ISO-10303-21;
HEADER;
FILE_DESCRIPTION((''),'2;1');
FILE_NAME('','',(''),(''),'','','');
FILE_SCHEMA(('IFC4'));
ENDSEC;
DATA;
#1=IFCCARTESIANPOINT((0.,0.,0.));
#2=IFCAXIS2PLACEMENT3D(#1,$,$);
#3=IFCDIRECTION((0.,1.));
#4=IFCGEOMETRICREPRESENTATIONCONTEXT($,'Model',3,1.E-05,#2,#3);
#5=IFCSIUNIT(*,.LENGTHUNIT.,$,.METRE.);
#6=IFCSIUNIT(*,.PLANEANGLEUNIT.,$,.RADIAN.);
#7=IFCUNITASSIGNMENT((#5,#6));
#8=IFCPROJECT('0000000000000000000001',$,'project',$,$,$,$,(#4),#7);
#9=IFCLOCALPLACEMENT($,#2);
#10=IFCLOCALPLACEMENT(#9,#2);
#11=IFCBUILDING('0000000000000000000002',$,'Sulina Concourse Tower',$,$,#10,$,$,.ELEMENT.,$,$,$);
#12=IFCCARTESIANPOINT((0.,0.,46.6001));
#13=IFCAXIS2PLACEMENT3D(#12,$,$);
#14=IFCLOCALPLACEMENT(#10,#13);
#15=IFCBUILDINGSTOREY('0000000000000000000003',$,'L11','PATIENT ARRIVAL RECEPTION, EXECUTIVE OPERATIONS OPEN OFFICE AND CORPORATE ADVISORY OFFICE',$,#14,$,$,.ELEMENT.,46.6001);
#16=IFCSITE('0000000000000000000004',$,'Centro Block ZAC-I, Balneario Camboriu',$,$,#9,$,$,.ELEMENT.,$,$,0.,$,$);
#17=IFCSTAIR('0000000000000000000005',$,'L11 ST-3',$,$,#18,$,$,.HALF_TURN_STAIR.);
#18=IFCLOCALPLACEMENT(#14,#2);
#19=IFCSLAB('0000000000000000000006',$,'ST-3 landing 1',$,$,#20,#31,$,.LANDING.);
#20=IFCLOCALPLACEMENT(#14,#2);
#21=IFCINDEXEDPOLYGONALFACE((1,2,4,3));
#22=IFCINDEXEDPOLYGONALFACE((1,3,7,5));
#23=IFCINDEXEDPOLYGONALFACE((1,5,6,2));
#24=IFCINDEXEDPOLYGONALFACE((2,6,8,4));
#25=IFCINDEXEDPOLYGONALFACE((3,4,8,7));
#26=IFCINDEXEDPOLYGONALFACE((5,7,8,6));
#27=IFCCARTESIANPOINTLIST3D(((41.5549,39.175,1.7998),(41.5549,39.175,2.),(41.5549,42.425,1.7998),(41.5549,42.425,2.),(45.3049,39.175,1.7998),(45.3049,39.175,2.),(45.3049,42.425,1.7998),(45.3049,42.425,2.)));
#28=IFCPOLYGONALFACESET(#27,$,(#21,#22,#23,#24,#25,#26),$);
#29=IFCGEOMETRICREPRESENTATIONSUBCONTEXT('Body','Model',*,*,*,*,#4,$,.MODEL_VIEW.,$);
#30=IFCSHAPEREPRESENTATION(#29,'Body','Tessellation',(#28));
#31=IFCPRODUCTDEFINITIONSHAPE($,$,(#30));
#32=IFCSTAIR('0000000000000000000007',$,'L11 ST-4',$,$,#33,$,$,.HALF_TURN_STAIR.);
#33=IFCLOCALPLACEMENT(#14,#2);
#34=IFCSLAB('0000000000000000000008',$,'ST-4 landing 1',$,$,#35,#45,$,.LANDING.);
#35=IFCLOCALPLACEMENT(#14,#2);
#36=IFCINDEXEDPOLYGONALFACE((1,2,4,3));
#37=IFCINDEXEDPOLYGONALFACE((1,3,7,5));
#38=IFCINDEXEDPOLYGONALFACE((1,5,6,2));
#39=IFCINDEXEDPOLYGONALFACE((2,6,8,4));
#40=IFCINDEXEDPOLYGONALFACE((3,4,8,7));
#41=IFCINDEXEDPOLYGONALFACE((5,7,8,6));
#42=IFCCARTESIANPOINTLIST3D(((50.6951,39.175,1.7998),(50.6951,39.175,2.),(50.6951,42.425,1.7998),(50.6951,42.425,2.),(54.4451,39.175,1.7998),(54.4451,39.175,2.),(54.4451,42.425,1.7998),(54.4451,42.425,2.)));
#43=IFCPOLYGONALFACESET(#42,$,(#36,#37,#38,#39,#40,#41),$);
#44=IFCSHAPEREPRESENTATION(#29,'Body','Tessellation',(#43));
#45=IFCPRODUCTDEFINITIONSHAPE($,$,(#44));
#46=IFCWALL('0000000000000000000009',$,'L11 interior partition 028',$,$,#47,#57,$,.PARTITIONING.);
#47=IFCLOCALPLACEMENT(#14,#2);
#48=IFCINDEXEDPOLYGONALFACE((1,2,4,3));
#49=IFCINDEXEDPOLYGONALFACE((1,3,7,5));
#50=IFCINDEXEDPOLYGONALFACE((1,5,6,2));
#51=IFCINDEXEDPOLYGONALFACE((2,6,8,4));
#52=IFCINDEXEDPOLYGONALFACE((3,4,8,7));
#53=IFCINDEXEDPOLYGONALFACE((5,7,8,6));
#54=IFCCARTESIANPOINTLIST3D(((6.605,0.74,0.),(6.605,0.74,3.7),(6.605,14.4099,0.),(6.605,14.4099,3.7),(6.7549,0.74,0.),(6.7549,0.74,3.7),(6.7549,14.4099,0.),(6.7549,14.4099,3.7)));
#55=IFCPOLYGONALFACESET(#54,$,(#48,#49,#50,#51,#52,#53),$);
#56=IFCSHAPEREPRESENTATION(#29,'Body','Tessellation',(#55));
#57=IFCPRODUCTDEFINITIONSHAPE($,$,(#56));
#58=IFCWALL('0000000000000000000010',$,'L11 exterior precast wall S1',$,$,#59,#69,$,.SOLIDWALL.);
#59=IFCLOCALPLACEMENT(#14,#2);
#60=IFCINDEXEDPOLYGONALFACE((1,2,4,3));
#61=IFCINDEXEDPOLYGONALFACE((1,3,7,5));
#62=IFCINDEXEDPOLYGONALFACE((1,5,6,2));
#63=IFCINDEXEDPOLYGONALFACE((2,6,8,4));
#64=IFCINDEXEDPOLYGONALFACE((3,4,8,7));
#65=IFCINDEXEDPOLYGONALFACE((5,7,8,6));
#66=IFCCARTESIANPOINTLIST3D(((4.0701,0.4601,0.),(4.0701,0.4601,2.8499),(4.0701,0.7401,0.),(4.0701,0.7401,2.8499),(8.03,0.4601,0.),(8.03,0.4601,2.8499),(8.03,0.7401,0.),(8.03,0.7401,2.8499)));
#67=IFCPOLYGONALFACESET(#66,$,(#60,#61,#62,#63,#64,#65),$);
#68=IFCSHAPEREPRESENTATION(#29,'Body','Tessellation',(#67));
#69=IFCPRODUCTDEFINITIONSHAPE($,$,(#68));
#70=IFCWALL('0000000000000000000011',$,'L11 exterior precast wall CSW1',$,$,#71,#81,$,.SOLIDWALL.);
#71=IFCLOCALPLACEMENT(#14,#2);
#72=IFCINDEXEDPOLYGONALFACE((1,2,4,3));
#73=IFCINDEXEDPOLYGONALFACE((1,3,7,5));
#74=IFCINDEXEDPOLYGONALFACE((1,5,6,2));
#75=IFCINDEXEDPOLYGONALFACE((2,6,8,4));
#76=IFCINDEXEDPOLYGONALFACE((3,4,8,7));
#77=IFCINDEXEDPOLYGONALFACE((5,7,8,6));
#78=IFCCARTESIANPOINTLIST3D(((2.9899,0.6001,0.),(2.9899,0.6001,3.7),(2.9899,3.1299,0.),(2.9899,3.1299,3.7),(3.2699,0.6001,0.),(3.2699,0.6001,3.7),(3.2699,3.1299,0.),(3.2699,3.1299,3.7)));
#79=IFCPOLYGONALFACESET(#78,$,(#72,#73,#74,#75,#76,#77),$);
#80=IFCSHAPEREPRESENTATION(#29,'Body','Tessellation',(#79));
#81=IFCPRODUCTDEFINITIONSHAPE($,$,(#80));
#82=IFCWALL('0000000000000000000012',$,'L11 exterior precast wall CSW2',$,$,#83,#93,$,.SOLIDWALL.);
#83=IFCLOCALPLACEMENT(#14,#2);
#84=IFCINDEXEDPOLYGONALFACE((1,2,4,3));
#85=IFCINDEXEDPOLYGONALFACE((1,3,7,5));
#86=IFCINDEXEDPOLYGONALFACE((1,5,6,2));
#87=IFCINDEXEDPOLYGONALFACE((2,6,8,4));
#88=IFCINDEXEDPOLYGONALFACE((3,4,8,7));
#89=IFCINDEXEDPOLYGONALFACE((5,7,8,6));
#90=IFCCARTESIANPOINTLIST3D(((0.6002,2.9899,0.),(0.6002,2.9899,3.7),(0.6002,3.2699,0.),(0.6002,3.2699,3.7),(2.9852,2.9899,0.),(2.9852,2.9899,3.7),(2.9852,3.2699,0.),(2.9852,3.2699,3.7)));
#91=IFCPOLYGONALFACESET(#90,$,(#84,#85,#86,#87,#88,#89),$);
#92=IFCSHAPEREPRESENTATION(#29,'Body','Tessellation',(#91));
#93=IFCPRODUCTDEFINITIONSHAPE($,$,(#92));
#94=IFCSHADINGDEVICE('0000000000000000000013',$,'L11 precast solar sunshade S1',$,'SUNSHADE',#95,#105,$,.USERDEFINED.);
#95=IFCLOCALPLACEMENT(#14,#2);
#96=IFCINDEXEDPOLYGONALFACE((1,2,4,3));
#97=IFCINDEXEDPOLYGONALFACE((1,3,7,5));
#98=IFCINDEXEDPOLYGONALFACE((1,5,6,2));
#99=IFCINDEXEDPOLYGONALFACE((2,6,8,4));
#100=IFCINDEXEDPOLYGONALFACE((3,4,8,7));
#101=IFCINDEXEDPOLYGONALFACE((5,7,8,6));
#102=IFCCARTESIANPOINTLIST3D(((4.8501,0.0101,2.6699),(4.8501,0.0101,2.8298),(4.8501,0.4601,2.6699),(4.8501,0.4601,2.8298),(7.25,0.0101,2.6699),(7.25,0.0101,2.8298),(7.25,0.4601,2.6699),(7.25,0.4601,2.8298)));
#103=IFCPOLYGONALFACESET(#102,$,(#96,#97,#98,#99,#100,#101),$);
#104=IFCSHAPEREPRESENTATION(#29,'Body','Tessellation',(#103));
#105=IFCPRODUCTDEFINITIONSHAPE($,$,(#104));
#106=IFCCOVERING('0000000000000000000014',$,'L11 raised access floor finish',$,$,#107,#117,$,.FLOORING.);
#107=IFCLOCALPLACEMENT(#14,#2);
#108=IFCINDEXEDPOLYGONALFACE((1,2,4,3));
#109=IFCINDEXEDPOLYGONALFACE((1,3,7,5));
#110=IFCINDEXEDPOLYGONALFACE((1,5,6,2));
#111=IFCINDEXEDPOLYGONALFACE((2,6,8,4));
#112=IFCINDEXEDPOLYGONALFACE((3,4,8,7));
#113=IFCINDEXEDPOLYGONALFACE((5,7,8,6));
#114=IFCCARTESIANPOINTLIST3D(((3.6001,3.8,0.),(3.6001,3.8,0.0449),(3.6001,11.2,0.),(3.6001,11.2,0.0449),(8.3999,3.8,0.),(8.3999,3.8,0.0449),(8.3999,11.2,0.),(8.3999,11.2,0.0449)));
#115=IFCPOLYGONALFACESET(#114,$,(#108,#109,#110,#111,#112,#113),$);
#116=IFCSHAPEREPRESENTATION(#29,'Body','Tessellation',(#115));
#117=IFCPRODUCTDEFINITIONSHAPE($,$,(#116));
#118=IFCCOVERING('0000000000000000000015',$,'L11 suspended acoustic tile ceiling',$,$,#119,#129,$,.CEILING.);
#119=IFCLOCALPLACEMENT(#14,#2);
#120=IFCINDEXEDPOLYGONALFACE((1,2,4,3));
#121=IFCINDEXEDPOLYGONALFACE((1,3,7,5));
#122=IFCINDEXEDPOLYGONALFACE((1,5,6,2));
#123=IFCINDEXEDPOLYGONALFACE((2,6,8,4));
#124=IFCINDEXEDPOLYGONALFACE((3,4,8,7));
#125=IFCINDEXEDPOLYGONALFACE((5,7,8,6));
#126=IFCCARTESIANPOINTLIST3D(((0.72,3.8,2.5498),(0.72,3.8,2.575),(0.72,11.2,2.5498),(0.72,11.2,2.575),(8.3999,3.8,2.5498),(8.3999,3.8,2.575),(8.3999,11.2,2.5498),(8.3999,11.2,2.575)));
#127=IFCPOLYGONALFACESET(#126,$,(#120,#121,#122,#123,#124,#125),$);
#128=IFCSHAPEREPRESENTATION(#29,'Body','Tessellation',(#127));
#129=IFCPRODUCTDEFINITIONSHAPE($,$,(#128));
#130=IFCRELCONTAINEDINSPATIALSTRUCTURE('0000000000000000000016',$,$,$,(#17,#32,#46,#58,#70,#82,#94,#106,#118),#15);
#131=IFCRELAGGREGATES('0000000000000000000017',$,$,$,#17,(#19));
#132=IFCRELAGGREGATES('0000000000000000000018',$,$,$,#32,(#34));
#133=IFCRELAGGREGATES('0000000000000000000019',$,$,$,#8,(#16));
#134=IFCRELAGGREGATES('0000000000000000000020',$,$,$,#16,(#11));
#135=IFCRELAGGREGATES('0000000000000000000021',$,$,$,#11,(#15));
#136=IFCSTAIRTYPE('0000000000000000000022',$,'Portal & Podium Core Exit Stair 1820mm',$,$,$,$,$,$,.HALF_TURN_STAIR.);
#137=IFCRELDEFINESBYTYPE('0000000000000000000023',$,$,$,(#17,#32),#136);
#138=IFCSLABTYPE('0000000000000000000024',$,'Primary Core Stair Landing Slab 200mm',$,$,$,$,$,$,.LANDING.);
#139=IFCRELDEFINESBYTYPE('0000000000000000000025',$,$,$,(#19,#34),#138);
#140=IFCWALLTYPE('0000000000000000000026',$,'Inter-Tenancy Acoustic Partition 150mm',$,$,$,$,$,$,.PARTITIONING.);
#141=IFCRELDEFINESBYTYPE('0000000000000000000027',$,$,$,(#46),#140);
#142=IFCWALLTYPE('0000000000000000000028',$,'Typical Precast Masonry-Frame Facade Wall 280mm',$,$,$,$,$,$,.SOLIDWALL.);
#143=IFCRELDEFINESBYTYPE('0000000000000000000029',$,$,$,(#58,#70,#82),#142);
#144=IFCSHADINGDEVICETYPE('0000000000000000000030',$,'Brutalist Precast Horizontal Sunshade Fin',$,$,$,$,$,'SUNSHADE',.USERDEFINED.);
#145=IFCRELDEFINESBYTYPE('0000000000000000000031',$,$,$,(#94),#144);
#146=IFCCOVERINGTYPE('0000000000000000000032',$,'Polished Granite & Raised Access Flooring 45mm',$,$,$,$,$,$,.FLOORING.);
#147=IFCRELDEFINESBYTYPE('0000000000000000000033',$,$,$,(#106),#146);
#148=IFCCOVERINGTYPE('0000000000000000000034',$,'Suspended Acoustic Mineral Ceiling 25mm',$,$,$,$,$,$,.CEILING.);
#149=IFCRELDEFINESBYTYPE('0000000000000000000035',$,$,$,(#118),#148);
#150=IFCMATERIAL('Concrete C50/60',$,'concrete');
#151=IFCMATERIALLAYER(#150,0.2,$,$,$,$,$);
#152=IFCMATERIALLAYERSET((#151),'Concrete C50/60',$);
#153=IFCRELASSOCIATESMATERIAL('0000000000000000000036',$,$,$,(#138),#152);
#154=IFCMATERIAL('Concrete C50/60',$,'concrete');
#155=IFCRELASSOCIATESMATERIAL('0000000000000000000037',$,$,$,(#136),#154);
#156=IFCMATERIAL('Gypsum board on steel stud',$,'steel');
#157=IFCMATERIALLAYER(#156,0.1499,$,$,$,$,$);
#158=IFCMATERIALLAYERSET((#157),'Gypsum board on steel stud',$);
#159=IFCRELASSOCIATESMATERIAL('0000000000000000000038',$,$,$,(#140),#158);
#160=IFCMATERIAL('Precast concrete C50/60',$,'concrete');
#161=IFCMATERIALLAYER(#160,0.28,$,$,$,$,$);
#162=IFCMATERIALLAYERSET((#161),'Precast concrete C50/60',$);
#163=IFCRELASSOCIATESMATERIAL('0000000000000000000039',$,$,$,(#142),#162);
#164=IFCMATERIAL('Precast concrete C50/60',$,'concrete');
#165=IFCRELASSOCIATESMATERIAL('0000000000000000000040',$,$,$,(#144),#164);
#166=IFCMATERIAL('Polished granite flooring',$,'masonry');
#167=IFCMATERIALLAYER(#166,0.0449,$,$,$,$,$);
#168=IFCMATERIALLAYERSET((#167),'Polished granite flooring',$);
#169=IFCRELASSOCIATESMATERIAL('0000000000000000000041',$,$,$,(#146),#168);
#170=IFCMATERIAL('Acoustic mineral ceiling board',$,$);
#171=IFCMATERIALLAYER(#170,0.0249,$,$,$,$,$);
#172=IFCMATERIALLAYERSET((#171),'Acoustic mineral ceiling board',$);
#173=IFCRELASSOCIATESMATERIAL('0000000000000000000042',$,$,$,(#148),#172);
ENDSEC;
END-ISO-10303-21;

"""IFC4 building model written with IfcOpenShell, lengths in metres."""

from ifc_helpers import new_model, si_unit, direction, frame, frame_2d, origin, origin_2d, place, context, subcontext, project, spatial, polyline, rectangle, outline, extrude, material, layer, layer_set, type_object, element, aggregate, save


model = new_model("IFC4")

# Units and contexts
model_context = context("Model", 3, precision=1e-05, world=origin(), true_north=direction((0.0, 1.0)))
body_context = subcontext(model_context, "Body", "Model", "MODEL_VIEW")
ifc_project = project(units=[si_unit("LENGTHUNIT", "METRE"), si_unit("PLANEANGLEUNIT", "RADIAN")], contexts=[model_context])

# Site, building, storey
site_placement = place(None, origin())
site = spatial("IfcSite", under=ifc_project, at=site_placement, Name="Centro Block ZAC-I, Balneario Camboriu", CompositionType="ELEMENT", RefElevation=0.0)
building_placement = place(site_placement, origin())
building = spatial("IfcBuilding", under=site, at=building_placement, Name="Sulina Concourse Tower", CompositionType="ELEMENT")
storey_placement = place(building_placement, frame((0.0, 0.0, 46.6001)))
storey = spatial("IfcBuildingStorey", under=building, at=storey_placement, Name="L11", Description="PATIENT ARRIVAL RECEPTION, EXECUTIVE OPERATIONS OPEN OFFICE AND CORPORATE ADVISORY OFFICE", CompositionType="ELEMENT", Elevation=46.6001)

# Shared definitions
ifc_material_1 = material(Name="Concrete C50/60", Category="concrete")
ifc_layer_1 = layer(ifc_material_1, 0.2)
ifc_layer_set_1 = layer_set([ifc_layer_1], Name="Concrete C50/60")
slab_type_1 = type_object("IfcSlabType", Name="Primary Core Stair Landing Slab 200mm", PredefinedType="LANDING", material=ifc_layer_set_1)

# Stairs, slabs
ifc_material_2 = material(Name="Concrete C50/60", Category="concrete")
stair_type_1 = type_object("IfcStairType", Name="Portal & Podium Core Exit Stair 1820mm", PredefinedType="HALF_TURN_STAIR", material=ifc_material_2)
stair_1_placement = place(storey_placement, origin())
stair_1 = element("IfcStair", 1, at=stair_1_placement, inside=storey, type_object=stair_type_1, Name="L11 ST-3", PredefinedType="HALF_TURN_STAIR")
slab_1_placement = place(storey_placement, frame((0.0, 0.0, 1.7998)))
slab_1 = element("IfcSlab", 2, at=slab_1_placement, type_object=slab_type_1, Name="ST-3 landing 1", PredefinedType="LANDING", context=body_context, shape_type="SweptSolid", body=[
    extrude(outline(polyline([(45.3049, 39.175), (45.3049, 42.425), (41.5549, 42.425), (41.5549, 39.175), (45.3049, 39.175)])), origin(), (0.0, 0.0, 1.0), 0.2002),
])
aggregate(stair_1, [slab_1])
stair_2_placement = place(storey_placement, origin())
stair_2 = element("IfcStair", 3, at=stair_2_placement, inside=storey, type_object=stair_type_1, Name="L11 ST-4", PredefinedType="HALF_TURN_STAIR")
slab_2_placement = place(storey_placement, frame((0.0, 0.0, 1.7998)))
slab_2 = element("IfcSlab", 4, at=slab_2_placement, type_object=slab_type_1, Name="ST-4 landing 1", PredefinedType="LANDING", context=body_context, shape_type="SweptSolid", body=[
    extrude(outline(polyline([(54.4451, 39.175), (54.4451, 42.425), (50.6951, 42.425), (50.6951, 39.175), (54.4451, 39.175)])), origin(), (0.0, 0.0, 1.0), 0.2002),
])
aggregate(stair_2, [slab_2])

# Walls
ifc_material_3 = material(Name="Gypsum board on steel stud", Category="steel")
ifc_layer_2 = layer(ifc_material_3, 0.1499)
ifc_layer_set_2 = layer_set([ifc_layer_2], Name="Gypsum board on steel stud")
wall_type_1 = type_object("IfcWallType", Name="Inter-Tenancy Acoustic Partition 150mm", PredefinedType="PARTITIONING", material=ifc_layer_set_2)
wall_1_placement = place(storey_placement, frame((6.6799, 0.74, 0.0), z_axis=(0.0, 0.0, 1.0), x_axis=(0.0, 1.0, 0.0)))
element("IfcWall", 5, at=wall_1_placement, inside=storey, type_object=wall_type_1, Name="L11 interior partition 028", PredefinedType="PARTITIONING", context=body_context, shape_type="SweptSolid", body=[
    extrude(rectangle(XDim=13.6699, YDim=0.1499, at=frame_2d((6.835, 0.0))), origin(), (0.0, 0.0, 1.0), 3.7),
])
ifc_material_4 = material(Name="Precast concrete C50/60", Category="concrete")
ifc_layer_3 = layer(ifc_material_4, 0.28)
ifc_layer_set_3 = layer_set([ifc_layer_3], Name="Precast concrete C50/60")
wall_type_2 = type_object("IfcWallType", Name="Typical Precast Masonry-Frame Facade Wall 280mm", PredefinedType="SOLIDWALL", material=ifc_layer_set_3)
wall_2_placement = place(storey_placement, frame((8.03, 0.6001, 0.0), z_axis=(0.0, 0.0, 1.0), x_axis=(-1.0, 0.0, 0.0)))
element("IfcWall", 6, at=wall_2_placement, inside=storey, type_object=wall_type_2, Name="L11 exterior precast wall S1", PredefinedType="SOLIDWALL", context=body_context, shape_type="SweptSolid", body=[
    extrude(rectangle(XDim=3.96, YDim=0.28, at=frame_2d((1.98, 0.0))), origin(), (0.0, 0.0, 1.0), 2.8499),
])
wall_3_placement = place(storey_placement, frame((3.1299, 0.6001, 0.0), z_axis=(0.0, 0.0, 1.0), x_axis=(0.0, 1.0, 0.0)))
element("IfcWall", 7, at=wall_3_placement, inside=storey, type_object=wall_type_2, Name="L11 exterior precast wall CSW1", PredefinedType="SOLIDWALL", context=body_context, shape_type="SweptSolid", body=[
    extrude(rectangle(XDim=2.5298, YDim=0.28, at=frame_2d((1.2649, 0.0))), origin(), (0.0, 0.0, 1.0), 3.7),
])
wall_4_placement = place(storey_placement, frame((2.9851, 3.1299, 0.0), z_axis=(0.0, 0.0, 1.0), x_axis=(-1.0, 0.0, 0.0)))
element("IfcWall", 8, at=wall_4_placement, inside=storey, type_object=wall_type_2, Name="L11 exterior precast wall CSW2", PredefinedType="SOLIDWALL", context=body_context, shape_type="SweptSolid", body=[
    extrude(rectangle(XDim=2.385, YDim=0.28, at=frame_2d((1.1924, 0.0))), origin(), (0.0, 0.0, 1.0), 3.7),
])

# Shading device
ifc_material_5 = material(Name="Precast concrete C50/60", Category="concrete")
shading_device_type = type_object("IfcShadingDeviceType", Name="Brutalist Precast Horizontal Sunshade Fin", ElementType="SUNSHADE", PredefinedType="USERDEFINED", material=ifc_material_5)
shading_device_placement = place(storey_placement, frame((6.05, 0.2351, 2.6699), z_axis=(0.0, 0.0, 1.0), x_axis=(1.0, 0.0, 0.0)))
element("IfcShadingDevice", 9, at=shading_device_placement, inside=storey, type_object=shading_device_type, Name="L11 precast solar sunshade S1", ObjectType="SUNSHADE", PredefinedType="USERDEFINED", context=body_context, shape_type="SweptSolid", body=[
    extrude(rectangle(XDim=2.3999, YDim=0.45, at=origin_2d()), origin(), (0.0, 0.0, 1.0), 0.1599),
])

# Coverings
ifc_material_6 = material(Name="Polished granite flooring", Category="masonry")
ifc_layer_4 = layer(ifc_material_6, 0.0449)
ifc_layer_set_4 = layer_set([ifc_layer_4], Name="Polished granite flooring")
covering_type_1 = type_object("IfcCoveringType", Name="Polished Granite & Raised Access Flooring 45mm", PredefinedType="FLOORING", material=ifc_layer_set_4)
covering_1_placement = place(storey_placement, origin())
element("IfcCovering", 10, at=covering_1_placement, inside=storey, type_object=covering_type_1, Name="L11 raised access floor finish", PredefinedType="FLOORING", context=body_context, shape_type="SweptSolid", body=[
    extrude(outline(polyline([(3.6001, 3.8), (8.3999, 3.8), (8.3999, 11.2), (3.6001, 11.2), (3.6001, 3.8)])), origin(), (0.0, 0.0, 1.0), 0.0449),
])
ifc_material_7 = material(Name="Acoustic mineral ceiling board")
ifc_layer_5 = layer(ifc_material_7, 0.0249)
ifc_layer_set_5 = layer_set([ifc_layer_5], Name="Acoustic mineral ceiling board")
covering_type_2 = type_object("IfcCoveringType", Name="Suspended Acoustic Mineral Ceiling 25mm", PredefinedType="CEILING", material=ifc_layer_set_5)
covering_2_placement = place(storey_placement, frame((0.0, 0.0, 2.5498)))
element("IfcCovering", 11, at=covering_2_placement, inside=storey, type_object=covering_type_2, Name="L11 suspended acoustic tile ceiling", PredefinedType="CEILING", context=body_context, shape_type="SweptSolid", body=[
    extrude(outline(polyline([(0.72, 3.8), (8.3999, 3.8), (8.3999, 11.2), (0.72, 11.2), (0.72, 3.8)])), origin(), (0.0, 0.0, 1.0), 0.0251),
])

save(model, "model.ifc")
